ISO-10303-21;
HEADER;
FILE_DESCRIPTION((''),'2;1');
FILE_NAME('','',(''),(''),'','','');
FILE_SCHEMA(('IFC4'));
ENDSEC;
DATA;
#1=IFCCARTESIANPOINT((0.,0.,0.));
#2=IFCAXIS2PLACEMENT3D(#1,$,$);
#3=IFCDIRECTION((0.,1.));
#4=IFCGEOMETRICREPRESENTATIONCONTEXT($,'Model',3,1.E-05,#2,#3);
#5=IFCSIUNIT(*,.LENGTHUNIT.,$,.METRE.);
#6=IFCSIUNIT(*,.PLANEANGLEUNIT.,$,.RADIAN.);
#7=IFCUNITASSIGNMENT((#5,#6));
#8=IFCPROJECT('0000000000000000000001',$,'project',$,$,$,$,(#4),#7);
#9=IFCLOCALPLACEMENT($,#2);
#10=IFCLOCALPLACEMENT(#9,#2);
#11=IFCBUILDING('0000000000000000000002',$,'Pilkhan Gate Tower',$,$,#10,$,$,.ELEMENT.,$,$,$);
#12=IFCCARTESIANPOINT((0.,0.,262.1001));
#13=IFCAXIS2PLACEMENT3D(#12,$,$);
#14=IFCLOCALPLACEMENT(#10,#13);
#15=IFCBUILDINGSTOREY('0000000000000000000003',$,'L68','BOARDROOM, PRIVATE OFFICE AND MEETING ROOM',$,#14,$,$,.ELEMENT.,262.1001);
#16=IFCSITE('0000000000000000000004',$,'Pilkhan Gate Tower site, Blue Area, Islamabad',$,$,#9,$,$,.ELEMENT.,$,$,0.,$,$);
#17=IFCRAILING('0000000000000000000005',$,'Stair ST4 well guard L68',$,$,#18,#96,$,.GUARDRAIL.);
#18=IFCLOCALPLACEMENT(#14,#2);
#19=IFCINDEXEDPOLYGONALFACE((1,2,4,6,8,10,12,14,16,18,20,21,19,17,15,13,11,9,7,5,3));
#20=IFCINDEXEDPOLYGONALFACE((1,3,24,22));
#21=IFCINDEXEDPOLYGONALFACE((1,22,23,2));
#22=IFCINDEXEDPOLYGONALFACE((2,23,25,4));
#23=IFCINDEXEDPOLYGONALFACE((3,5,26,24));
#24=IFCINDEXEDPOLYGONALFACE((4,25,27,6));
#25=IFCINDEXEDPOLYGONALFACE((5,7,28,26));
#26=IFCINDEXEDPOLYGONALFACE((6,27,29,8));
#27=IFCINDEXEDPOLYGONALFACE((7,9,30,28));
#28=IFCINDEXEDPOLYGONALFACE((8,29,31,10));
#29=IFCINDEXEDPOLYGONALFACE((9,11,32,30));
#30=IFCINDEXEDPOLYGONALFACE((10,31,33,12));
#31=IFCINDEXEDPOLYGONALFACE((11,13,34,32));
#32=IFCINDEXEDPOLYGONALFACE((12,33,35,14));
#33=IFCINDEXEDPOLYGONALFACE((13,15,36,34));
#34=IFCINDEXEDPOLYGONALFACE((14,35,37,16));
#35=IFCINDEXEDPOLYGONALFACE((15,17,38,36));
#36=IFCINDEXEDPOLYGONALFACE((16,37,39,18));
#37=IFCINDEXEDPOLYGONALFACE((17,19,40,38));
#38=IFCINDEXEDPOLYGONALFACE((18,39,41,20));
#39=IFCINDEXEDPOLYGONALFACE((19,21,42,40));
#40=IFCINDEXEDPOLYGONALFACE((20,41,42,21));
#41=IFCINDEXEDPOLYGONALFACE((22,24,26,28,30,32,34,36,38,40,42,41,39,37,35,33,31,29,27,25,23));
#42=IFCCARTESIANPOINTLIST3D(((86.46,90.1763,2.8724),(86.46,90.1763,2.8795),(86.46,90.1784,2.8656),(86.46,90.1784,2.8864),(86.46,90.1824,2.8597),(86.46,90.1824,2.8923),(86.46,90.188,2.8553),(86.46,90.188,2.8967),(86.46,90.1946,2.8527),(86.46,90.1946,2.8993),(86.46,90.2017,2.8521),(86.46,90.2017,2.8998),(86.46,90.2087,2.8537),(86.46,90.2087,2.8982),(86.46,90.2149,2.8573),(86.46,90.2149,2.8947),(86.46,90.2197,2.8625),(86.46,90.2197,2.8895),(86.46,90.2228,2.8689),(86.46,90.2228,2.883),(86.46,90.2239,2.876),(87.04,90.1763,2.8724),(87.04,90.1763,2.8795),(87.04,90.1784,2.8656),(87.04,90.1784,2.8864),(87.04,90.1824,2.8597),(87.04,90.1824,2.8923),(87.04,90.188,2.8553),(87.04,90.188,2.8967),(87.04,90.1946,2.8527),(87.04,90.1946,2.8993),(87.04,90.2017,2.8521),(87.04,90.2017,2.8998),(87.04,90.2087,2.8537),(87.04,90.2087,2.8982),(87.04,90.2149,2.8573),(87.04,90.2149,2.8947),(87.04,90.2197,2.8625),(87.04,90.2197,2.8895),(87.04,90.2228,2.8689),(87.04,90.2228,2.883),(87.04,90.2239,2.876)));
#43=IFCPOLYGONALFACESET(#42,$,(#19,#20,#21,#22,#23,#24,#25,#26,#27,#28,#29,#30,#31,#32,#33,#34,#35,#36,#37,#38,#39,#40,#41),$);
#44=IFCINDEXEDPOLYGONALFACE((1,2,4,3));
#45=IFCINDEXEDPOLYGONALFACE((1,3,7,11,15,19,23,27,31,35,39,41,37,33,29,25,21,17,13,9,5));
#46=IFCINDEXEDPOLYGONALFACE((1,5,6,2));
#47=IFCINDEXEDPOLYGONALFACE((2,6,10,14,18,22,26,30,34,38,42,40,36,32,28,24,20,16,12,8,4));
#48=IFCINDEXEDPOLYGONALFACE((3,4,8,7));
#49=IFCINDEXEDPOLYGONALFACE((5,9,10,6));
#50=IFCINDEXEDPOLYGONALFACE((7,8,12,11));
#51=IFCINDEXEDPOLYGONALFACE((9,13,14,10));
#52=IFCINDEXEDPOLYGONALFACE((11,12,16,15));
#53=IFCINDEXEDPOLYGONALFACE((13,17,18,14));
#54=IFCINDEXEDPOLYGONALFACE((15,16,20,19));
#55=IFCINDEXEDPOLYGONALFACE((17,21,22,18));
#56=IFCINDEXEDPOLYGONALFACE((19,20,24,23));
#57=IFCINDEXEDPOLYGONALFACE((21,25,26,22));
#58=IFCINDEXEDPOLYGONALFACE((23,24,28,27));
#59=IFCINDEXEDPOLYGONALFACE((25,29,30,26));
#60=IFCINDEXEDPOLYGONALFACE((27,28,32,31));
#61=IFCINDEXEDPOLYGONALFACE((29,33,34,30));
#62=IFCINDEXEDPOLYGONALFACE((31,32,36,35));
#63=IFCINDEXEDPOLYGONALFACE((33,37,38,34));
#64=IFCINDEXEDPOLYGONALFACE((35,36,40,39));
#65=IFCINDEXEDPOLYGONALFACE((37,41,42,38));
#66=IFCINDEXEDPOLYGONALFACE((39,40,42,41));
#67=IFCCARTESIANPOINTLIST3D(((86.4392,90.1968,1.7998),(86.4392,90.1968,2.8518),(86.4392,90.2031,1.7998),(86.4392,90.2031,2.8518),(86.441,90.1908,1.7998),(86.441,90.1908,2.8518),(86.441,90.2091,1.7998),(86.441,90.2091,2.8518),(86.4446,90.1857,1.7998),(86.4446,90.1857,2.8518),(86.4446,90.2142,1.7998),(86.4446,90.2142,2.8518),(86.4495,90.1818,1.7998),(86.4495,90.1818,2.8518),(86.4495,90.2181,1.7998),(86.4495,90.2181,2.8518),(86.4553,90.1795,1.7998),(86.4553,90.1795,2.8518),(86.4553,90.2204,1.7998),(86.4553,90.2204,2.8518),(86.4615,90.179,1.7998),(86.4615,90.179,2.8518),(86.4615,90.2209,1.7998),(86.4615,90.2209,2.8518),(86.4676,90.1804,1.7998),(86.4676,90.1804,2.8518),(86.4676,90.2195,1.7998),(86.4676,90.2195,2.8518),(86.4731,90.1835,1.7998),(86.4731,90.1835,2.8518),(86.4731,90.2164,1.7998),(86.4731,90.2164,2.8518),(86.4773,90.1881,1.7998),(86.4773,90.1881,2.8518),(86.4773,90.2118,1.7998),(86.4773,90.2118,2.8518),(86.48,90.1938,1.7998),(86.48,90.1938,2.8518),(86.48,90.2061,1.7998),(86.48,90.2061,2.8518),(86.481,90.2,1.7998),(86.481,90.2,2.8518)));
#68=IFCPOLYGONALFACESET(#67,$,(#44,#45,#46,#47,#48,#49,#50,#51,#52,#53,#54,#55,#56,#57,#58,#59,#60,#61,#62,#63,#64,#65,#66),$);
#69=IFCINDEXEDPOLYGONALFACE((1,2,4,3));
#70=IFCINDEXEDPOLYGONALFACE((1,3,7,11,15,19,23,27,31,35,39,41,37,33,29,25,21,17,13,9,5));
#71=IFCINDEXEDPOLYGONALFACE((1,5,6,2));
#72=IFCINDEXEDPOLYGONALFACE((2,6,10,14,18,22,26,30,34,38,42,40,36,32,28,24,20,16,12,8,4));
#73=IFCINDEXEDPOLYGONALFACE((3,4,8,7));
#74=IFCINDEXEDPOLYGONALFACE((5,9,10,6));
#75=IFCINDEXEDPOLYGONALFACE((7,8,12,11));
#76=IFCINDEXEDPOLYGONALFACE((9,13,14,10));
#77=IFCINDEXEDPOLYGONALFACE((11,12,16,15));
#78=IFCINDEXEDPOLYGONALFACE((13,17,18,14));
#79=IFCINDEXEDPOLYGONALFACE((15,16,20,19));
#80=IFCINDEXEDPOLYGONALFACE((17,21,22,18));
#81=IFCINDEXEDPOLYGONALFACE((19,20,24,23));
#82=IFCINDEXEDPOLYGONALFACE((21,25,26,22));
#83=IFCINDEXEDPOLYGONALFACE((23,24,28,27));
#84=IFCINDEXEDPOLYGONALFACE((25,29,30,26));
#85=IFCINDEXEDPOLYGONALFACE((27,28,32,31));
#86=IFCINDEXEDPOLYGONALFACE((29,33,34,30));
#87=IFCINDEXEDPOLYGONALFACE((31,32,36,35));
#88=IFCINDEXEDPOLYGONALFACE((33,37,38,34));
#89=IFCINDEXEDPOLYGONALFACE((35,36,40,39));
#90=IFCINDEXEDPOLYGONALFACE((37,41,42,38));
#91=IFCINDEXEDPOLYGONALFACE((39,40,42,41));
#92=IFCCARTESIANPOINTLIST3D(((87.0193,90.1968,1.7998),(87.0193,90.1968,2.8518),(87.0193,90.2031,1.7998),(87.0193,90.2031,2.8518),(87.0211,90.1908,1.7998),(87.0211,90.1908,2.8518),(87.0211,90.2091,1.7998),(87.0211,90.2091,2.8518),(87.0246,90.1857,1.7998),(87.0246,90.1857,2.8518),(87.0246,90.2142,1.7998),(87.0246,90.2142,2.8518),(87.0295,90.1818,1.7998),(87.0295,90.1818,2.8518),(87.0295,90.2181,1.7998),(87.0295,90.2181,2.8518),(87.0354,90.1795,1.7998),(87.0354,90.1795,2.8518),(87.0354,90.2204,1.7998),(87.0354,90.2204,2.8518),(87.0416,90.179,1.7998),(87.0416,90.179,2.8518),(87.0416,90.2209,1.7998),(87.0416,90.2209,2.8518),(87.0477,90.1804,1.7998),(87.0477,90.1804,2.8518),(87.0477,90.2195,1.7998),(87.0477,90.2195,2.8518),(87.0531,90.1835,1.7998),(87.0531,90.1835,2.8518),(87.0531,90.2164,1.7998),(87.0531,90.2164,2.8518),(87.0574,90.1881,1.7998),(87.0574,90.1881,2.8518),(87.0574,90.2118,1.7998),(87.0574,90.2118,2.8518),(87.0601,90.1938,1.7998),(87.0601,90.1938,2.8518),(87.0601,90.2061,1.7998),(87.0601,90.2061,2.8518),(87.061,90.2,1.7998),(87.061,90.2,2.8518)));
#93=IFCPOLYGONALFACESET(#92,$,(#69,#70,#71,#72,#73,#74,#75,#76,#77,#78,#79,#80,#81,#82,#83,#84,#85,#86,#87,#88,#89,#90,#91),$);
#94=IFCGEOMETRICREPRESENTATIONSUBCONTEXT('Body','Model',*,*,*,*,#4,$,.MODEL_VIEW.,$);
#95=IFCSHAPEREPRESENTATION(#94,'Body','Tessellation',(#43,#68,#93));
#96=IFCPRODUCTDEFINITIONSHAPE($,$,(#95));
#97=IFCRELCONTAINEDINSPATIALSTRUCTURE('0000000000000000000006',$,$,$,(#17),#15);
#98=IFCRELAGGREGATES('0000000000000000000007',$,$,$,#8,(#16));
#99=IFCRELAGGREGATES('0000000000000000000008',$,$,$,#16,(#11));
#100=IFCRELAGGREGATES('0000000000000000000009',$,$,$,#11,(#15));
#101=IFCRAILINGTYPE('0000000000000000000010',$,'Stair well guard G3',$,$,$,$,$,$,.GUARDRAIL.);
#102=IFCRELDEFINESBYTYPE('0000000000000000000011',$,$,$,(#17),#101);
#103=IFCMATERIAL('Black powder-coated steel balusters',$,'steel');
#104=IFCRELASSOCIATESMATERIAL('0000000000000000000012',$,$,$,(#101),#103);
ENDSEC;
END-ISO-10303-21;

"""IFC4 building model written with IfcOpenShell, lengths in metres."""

from ifc_helpers import new_model, si_unit, direction, frame, origin, origin_2d, place, context, subcontext, project, spatial, circle, extrude, material, type_object, element, save


model = new_model("IFC4")

# Units and contexts
model_context = context("Model", 3, precision=1e-05, world=origin(), true_north=direction((0.0, 1.0)))
body_context = subcontext(model_context, "Body", "Model", "MODEL_VIEW")
ifc_project = project(units=[si_unit("LENGTHUNIT", "METRE"), si_unit("PLANEANGLEUNIT", "RADIAN")], contexts=[model_context])

# Site, building, storey
site_placement = place(None, origin())
site = spatial("IfcSite", under=ifc_project, at=site_placement, Name="Pilkhan Gate Tower site, Blue Area, Islamabad", CompositionType="ELEMENT", RefElevation=0.0)
building_placement = place(site_placement, origin())
building = spatial("IfcBuilding", under=site, at=building_placement, Name="Pilkhan Gate Tower", CompositionType="ELEMENT")
storey_placement = place(building_placement, frame((0.0, 0.0, 262.1001)))
storey = spatial("IfcBuildingStorey", under=building, at=storey_placement, Name="L68", Description="BOARDROOM, PRIVATE OFFICE AND MEETING ROOM", CompositionType="ELEMENT", Elevation=262.1001)

# Railing
ifc_material_1 = material(Name="Black powder-coated steel balusters", Category="steel")
railing_type_1 = type_object("IfcRailingType", Name="Stair well guard G3", PredefinedType="GUARDRAIL", material=ifc_material_1)
for number, where, name in (
    (1, (86.46, 90.2, 1.7998), "Stair ST4 well guard L68"),
):
    element("IfcRailing", number, at=place(storey_placement, frame(where)), inside=storey, type_object=railing_type_1, Name=name, PredefinedType="GUARDRAIL", context=body_context, shape_type="SweptSolid", body=[
        extrude(circle(Radius=0.0239, at=origin_2d()), frame((0.0, 0.0, 1.0762), z_axis=(1.0, 0.0, 0.0), x_axis=(0.0, 1.0, 0.0)), (0.0, 0.0, 1.0), 0.5801),
        extrude(circle(Radius=0.021, at=origin_2d()), origin(), (0.0, 0.0, 1.0), 1.052),
        extrude(circle(Radius=0.021, at=origin_2d()), frame((0.5801, 0.0, 0.0)), (0.0, 0.0, 1.0), 1.052),
    ])

save(model, "model.ifc")
